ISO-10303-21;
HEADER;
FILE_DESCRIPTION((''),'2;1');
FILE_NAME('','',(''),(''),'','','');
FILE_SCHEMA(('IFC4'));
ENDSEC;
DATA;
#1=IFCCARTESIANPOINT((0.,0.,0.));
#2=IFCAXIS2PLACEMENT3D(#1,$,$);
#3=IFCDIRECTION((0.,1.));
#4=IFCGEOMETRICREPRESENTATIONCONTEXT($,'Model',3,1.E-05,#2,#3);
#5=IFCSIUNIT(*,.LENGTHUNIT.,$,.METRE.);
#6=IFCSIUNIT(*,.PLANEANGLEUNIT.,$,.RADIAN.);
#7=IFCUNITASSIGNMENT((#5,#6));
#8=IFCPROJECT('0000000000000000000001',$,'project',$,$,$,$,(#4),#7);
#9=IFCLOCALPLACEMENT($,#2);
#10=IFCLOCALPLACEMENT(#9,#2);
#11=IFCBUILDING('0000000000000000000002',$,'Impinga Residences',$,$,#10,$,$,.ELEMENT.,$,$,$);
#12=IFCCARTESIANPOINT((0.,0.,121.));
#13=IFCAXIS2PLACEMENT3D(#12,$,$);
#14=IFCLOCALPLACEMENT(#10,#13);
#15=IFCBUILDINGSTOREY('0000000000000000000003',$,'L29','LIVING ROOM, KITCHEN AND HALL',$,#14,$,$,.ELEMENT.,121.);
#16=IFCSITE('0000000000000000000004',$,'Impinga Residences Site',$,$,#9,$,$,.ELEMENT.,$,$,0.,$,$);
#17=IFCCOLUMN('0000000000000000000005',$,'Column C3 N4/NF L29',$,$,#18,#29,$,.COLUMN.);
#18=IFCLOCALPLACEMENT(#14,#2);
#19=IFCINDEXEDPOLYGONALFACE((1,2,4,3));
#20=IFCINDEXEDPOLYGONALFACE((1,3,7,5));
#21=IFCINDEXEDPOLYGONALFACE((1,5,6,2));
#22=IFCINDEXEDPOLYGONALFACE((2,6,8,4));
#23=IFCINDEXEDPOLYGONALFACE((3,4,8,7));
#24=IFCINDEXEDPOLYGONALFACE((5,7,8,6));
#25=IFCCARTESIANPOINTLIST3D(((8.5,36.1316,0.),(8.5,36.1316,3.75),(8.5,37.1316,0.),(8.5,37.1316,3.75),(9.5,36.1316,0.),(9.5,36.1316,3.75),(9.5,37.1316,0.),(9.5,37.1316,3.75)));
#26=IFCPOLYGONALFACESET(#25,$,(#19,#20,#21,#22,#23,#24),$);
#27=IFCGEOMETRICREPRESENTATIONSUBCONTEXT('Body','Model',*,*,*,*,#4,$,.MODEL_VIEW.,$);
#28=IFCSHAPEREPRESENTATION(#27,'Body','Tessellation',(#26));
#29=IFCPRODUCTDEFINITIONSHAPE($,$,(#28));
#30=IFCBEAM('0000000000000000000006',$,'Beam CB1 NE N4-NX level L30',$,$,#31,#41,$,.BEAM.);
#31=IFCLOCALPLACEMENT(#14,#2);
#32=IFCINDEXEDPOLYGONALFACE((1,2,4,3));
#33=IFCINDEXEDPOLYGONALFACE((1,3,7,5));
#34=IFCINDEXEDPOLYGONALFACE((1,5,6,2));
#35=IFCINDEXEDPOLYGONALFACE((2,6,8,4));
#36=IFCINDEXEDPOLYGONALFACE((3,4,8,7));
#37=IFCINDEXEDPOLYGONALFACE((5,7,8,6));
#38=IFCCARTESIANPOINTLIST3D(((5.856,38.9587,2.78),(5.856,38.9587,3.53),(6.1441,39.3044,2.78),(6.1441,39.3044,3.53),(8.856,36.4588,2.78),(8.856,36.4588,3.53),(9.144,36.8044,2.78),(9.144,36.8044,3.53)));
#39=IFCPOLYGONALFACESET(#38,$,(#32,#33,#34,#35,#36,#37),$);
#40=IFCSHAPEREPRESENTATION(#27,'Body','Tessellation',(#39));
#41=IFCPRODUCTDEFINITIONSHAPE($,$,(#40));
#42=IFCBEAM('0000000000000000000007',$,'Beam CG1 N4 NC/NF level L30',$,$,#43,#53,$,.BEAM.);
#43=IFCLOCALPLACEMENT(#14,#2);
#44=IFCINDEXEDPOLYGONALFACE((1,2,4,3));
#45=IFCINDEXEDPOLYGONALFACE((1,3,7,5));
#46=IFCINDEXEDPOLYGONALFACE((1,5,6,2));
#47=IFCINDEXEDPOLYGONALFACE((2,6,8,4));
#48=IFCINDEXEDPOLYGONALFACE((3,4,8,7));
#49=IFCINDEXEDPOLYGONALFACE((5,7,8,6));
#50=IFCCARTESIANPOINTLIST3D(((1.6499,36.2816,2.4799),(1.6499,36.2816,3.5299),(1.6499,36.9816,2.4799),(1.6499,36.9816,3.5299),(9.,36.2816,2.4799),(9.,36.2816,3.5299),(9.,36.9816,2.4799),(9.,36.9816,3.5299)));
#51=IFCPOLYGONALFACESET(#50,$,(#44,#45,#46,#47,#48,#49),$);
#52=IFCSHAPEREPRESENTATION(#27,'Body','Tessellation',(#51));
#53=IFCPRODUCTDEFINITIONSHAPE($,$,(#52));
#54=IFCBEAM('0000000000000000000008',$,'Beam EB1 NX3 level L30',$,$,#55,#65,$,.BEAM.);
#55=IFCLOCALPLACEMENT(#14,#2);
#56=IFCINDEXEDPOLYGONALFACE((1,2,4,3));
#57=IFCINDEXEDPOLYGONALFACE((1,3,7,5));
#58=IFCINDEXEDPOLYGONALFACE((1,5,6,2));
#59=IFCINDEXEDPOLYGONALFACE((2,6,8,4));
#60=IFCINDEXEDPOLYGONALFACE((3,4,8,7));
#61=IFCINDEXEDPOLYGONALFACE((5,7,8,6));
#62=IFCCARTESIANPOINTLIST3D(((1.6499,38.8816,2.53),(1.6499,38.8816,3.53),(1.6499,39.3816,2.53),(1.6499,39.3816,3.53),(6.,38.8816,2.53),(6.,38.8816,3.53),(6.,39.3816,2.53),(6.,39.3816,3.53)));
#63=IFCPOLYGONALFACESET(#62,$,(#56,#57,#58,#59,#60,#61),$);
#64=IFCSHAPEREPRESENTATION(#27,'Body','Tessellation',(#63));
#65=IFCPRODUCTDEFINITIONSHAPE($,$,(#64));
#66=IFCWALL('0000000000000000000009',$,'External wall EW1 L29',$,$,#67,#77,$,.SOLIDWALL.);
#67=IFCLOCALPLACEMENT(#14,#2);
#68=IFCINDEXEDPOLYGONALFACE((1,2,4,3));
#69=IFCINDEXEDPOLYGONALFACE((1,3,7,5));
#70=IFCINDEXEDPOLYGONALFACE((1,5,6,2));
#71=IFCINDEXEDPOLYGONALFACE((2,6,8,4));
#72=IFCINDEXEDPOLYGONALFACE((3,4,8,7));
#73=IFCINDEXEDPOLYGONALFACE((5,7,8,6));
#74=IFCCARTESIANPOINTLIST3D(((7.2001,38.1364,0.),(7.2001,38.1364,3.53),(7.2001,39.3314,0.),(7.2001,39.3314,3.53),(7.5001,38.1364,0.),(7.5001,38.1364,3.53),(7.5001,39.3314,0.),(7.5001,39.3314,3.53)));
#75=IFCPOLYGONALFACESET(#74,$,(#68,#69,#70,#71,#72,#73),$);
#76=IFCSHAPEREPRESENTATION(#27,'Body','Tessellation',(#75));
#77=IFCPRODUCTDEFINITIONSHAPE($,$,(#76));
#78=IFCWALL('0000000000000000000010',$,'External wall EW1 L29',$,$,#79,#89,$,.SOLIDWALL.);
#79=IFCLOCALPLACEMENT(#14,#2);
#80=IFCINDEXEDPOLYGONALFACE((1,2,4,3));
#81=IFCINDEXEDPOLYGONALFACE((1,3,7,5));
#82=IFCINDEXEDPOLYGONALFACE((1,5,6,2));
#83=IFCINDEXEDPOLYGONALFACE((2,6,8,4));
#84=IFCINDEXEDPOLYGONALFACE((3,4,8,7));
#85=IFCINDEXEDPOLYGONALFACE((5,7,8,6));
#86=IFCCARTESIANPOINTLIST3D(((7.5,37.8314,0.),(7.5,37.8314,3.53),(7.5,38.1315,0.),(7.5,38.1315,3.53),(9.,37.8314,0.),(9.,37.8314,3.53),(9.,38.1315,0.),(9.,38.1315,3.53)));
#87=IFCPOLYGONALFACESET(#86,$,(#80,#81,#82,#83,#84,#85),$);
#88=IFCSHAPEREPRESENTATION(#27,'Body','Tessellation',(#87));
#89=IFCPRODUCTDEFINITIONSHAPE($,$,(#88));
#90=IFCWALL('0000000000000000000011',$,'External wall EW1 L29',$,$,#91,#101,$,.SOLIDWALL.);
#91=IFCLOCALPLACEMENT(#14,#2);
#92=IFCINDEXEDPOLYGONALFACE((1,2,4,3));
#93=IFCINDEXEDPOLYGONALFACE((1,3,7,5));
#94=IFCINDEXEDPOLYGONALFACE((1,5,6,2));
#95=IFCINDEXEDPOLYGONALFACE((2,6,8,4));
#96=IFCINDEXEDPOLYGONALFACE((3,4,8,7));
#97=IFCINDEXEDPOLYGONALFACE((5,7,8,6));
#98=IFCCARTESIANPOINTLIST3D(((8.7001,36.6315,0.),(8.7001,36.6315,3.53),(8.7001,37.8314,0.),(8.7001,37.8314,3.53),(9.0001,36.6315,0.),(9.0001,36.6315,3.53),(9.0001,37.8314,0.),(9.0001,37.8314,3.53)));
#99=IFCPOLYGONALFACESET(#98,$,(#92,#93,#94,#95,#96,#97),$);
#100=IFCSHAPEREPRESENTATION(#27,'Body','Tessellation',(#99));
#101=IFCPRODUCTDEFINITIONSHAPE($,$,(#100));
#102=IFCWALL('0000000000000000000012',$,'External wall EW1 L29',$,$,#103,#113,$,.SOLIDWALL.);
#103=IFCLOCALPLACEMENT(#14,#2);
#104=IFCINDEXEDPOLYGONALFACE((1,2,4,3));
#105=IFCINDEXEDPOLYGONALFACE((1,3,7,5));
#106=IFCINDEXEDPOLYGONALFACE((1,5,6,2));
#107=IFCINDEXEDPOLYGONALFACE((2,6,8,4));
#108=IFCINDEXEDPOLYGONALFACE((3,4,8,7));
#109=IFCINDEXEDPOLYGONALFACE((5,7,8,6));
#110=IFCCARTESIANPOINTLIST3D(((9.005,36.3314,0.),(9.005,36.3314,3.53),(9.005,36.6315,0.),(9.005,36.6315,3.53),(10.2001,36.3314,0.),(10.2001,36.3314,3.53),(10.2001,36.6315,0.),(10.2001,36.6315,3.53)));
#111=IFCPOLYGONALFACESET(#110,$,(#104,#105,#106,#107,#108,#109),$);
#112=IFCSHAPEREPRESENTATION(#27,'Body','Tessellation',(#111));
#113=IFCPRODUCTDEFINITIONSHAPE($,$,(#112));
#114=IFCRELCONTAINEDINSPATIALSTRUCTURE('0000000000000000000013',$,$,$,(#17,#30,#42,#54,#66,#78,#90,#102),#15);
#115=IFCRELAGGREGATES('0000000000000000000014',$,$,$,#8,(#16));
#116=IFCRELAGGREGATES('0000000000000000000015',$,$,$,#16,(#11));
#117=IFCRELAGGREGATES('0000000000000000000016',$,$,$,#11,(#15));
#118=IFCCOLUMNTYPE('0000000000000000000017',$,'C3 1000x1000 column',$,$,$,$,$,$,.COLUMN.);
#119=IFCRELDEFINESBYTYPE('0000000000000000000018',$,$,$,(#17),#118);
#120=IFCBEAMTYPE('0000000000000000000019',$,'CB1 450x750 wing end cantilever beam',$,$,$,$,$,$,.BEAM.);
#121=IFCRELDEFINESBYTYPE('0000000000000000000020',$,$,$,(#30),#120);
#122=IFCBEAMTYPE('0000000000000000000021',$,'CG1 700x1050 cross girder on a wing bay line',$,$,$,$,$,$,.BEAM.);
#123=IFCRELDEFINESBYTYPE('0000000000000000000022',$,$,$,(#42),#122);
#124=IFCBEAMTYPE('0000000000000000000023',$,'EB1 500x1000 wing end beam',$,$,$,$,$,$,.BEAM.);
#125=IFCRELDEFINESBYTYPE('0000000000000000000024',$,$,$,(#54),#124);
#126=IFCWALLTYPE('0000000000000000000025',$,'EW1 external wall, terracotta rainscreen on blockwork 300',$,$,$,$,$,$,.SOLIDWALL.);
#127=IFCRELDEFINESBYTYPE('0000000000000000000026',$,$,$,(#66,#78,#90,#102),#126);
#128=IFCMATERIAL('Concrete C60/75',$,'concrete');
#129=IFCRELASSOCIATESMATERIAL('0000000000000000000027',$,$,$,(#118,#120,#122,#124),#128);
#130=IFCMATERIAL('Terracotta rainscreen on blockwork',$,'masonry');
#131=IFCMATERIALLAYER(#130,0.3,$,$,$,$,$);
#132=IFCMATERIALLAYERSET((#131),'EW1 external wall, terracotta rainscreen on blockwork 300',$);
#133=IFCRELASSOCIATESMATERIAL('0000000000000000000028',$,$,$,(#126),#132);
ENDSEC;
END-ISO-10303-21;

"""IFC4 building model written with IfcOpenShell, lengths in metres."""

from ifc_helpers import new_model, si_unit, direction, frame, frame_2d, origin, origin_2d, place, context, subcontext, project, spatial, rectangle, extrude, material, layer, layer_set, material_profile, profile_set, type_object, element, save


model = new_model("IFC4")

# Units and contexts
model_context = context("Model", 3, precision=1e-05, world=origin(), true_north=direction((0.0, 1.0)))
body_context = subcontext(model_context, "Body", "Model", "MODEL_VIEW")
ifc_project = project(units=[si_unit("LENGTHUNIT", "METRE"), si_unit("PLANEANGLEUNIT", "RADIAN")], contexts=[model_context])

# Site, building, storey
site_placement = place(None, origin())
site = spatial("IfcSite", under=ifc_project, at=site_placement, Name="Impinga Residences Site", CompositionType="ELEMENT", RefElevation=0.0)
building_placement = place(site_placement, origin())
building = spatial("IfcBuilding", under=site, at=building_placement, Name="Impinga Residences", CompositionType="ELEMENT")
storey_placement = place(building_placement, frame((0.0, 0.0, 121.0)))
storey = spatial("IfcBuildingStorey", under=building, at=storey_placement, Name="L29", Description="LIVING ROOM, KITCHEN AND HALL", CompositionType="ELEMENT", Elevation=121.0)

# Column
ifc_material_1 = material(Name="Concrete C60/75", Category="concrete")
ifc_material_profile_1 = material_profile(ifc_material_1, rectangle(XDim=1.0, YDim=1.0, at=origin_2d()), Name="RC 1000x1000")
ifc_profile_set_1 = profile_set([ifc_material_profile_1], Name="Concrete C60/75")
column_type = type_object("IfcColumnType", Name="C3 1000x1000 column", PredefinedType="COLUMN", material=ifc_profile_set_1)
column_placement = place(storey_placement, frame((9.0, 36.6316, 0.0), z_axis=(0.0, 0.0, 1.0), x_axis=(1.0, 0.0, 0.0)))
element("IfcColumn", 1, at=column_placement, inside=storey, type_object=column_type, Name="Column C3 N4/NF L29", PredefinedType="COLUMN", context=body_context, shape_type="SweptSolid", body=[
    extrude(rectangle(XDim=1.0, YDim=1.0, at=origin_2d()), origin(), (0.0, 0.0, 1.0), 3.75),
])

# Beams
ifc_material_profile_2 = material_profile(ifc_material_1, rectangle(XDim=0.45, YDim=0.75, at=origin_2d()), Name="RC 450x750")
ifc_profile_set_2 = profile_set([ifc_material_profile_2], Name="Concrete C60/75")
beam_type_1 = type_object("IfcBeamType", Name="CB1 450x750 wing end cantilever beam", PredefinedType="BEAM", material=ifc_profile_set_2)
beam_1_placement = place(storey_placement, frame((9.0, 36.6316, 3.155), z_axis=(-0.768221, 0.640184, 0.0), x_axis=(-0.640184, -0.768221, 0.0)))
element("IfcBeam", 2, at=beam_1_placement, inside=storey, type_object=beam_type_1, Name="Beam CB1 NE N4-NX level L30", PredefinedType="BEAM", context=body_context, shape_type="SweptSolid", body=[
    extrude(rectangle(XDim=0.45, YDim=0.75, at=origin_2d()), origin(), (0.0, 0.0, 1.0), 3.905),
])
ifc_material_profile_3 = material_profile(ifc_material_1, rectangle(XDim=0.7, YDim=1.05, at=origin_2d()), Name="RC 700x1050")
ifc_profile_set_3 = profile_set([ifc_material_profile_3], Name="Concrete C60/75")
beam_type_2 = type_object("IfcBeamType", Name="CG1 700x1050 cross girder on a wing bay line", PredefinedType="BEAM", material=ifc_profile_set_3)
beam_2_placement = place(storey_placement, frame((1.6499, 36.6316, 3.0049), z_axis=(1.0, 0.0, 0.0), x_axis=(0.0, 1.0, 0.0)))
element("IfcBeam", 3, at=beam_2_placement, inside=storey, type_object=beam_type_2, Name="Beam CG1 N4 NC/NF level L30", PredefinedType="BEAM", context=body_context, shape_type="SweptSolid", body=[
    extrude(rectangle(XDim=0.7, YDim=1.05, at=origin_2d()), origin(), (0.0, 0.0, 1.0), 7.3501),
])
ifc_material_profile_4 = material_profile(ifc_material_1, rectangle(XDim=0.5, YDim=1.0, at=origin_2d()), Name="RC 500x1000")
ifc_profile_set_4 = profile_set([ifc_material_profile_4], Name="Concrete C60/75")
beam_type_3 = type_object("IfcBeamType", Name="EB1 500x1000 wing end beam", PredefinedType="BEAM", material=ifc_profile_set_4)
beam_3_placement = place(storey_placement, frame((1.6499, 39.1316, 3.03), z_axis=(1.0, 0.0, 0.0), x_axis=(0.0, 1.0, 0.0)))
element("IfcBeam", 4, at=beam_3_placement, inside=storey, type_object=beam_type_3, Name="Beam EB1 NX3 level L30", PredefinedType="BEAM", context=body_context, shape_type="SweptSolid", body=[
    extrude(rectangle(XDim=0.5, YDim=1.0, at=origin_2d()), origin(), (0.0, 0.0, 1.0), 4.3501),
])

# Walls
ifc_material_2 = material(Name="Terracotta rainscreen on blockwork", Category="masonry")
ifc_layer_1 = layer(ifc_material_2, 0.3)
ifc_layer_set_1 = layer_set([ifc_layer_1], Name="EW1 external wall, terracotta rainscreen on blockwork 300")
wall_type_1 = type_object("IfcWallType", Name="EW1 external wall, terracotta rainscreen on blockwork 300", PredefinedType="SOLIDWALL", material=ifc_layer_set_1)
wall_1_placement = place(storey_placement, frame((7.3501, 39.3315, 0.0), z_axis=(0.0, 0.0, 1.0), x_axis=(0.0, -1.0, 0.0)))
element("IfcWall", 5, at=wall_1_placement, inside=storey, type_object=wall_type_1, Name="External wall EW1 L29", PredefinedType="SOLIDWALL", context=body_context, shape_type="SweptSolid", body=[
    extrude(rectangle(XDim=1.1951, YDim=0.3, at=frame_2d((0.5977, 0.0))), origin(), (0.0, 0.0, 1.0), 3.53),
])
wall_2_placement = place(storey_placement, frame((7.5, 37.9814, 0.0), z_axis=(0.0, 0.0, 1.0), x_axis=(1.0, 0.0, 0.0)))
element("IfcWall", 6, at=wall_2_placement, inside=storey, type_object=wall_type_1, Name="External wall EW1 L29", PredefinedType="SOLIDWALL", context=body_context, shape_type="SweptSolid", body=[
    extrude(rectangle(XDim=1.5, YDim=0.3, at=frame_2d((0.75, 0.0))), origin(), (0.0, 0.0, 1.0), 3.53),
])
wall_3_placement = place(storey_placement, frame((8.8501, 37.8315, 0.0), z_axis=(0.0, 0.0, 1.0), x_axis=(0.0, -1.0, 0.0)))
element("IfcWall", 7, at=wall_3_placement, inside=storey, type_object=wall_type_1, Name="External wall EW1 L29", PredefinedType="SOLIDWALL", context=body_context, shape_type="SweptSolid", body=[
    extrude(rectangle(XDim=1.2, YDim=0.3, at=frame_2d((0.6001, 0.0))), origin(), (0.0, 0.0, 1.0), 3.53),
])
wall_4_placement = place(storey_placement, frame((9.0049, 36.4814, 0.0), z_axis=(0.0, 0.0, 1.0), x_axis=(1.0, 0.0, 0.0)))
element("IfcWall", 8, at=wall_4_placement, inside=storey, type_object=wall_type_1, Name="External wall EW1 L29", PredefinedType="SOLIDWALL", context=body_context, shape_type="SweptSolid", body=[
    extrude(rectangle(XDim=1.1951, YDim=0.3, at=frame_2d((0.5977, 0.0))), origin(), (0.0, 0.0, 1.0), 3.53),
])

save(model, "model.ifc")
